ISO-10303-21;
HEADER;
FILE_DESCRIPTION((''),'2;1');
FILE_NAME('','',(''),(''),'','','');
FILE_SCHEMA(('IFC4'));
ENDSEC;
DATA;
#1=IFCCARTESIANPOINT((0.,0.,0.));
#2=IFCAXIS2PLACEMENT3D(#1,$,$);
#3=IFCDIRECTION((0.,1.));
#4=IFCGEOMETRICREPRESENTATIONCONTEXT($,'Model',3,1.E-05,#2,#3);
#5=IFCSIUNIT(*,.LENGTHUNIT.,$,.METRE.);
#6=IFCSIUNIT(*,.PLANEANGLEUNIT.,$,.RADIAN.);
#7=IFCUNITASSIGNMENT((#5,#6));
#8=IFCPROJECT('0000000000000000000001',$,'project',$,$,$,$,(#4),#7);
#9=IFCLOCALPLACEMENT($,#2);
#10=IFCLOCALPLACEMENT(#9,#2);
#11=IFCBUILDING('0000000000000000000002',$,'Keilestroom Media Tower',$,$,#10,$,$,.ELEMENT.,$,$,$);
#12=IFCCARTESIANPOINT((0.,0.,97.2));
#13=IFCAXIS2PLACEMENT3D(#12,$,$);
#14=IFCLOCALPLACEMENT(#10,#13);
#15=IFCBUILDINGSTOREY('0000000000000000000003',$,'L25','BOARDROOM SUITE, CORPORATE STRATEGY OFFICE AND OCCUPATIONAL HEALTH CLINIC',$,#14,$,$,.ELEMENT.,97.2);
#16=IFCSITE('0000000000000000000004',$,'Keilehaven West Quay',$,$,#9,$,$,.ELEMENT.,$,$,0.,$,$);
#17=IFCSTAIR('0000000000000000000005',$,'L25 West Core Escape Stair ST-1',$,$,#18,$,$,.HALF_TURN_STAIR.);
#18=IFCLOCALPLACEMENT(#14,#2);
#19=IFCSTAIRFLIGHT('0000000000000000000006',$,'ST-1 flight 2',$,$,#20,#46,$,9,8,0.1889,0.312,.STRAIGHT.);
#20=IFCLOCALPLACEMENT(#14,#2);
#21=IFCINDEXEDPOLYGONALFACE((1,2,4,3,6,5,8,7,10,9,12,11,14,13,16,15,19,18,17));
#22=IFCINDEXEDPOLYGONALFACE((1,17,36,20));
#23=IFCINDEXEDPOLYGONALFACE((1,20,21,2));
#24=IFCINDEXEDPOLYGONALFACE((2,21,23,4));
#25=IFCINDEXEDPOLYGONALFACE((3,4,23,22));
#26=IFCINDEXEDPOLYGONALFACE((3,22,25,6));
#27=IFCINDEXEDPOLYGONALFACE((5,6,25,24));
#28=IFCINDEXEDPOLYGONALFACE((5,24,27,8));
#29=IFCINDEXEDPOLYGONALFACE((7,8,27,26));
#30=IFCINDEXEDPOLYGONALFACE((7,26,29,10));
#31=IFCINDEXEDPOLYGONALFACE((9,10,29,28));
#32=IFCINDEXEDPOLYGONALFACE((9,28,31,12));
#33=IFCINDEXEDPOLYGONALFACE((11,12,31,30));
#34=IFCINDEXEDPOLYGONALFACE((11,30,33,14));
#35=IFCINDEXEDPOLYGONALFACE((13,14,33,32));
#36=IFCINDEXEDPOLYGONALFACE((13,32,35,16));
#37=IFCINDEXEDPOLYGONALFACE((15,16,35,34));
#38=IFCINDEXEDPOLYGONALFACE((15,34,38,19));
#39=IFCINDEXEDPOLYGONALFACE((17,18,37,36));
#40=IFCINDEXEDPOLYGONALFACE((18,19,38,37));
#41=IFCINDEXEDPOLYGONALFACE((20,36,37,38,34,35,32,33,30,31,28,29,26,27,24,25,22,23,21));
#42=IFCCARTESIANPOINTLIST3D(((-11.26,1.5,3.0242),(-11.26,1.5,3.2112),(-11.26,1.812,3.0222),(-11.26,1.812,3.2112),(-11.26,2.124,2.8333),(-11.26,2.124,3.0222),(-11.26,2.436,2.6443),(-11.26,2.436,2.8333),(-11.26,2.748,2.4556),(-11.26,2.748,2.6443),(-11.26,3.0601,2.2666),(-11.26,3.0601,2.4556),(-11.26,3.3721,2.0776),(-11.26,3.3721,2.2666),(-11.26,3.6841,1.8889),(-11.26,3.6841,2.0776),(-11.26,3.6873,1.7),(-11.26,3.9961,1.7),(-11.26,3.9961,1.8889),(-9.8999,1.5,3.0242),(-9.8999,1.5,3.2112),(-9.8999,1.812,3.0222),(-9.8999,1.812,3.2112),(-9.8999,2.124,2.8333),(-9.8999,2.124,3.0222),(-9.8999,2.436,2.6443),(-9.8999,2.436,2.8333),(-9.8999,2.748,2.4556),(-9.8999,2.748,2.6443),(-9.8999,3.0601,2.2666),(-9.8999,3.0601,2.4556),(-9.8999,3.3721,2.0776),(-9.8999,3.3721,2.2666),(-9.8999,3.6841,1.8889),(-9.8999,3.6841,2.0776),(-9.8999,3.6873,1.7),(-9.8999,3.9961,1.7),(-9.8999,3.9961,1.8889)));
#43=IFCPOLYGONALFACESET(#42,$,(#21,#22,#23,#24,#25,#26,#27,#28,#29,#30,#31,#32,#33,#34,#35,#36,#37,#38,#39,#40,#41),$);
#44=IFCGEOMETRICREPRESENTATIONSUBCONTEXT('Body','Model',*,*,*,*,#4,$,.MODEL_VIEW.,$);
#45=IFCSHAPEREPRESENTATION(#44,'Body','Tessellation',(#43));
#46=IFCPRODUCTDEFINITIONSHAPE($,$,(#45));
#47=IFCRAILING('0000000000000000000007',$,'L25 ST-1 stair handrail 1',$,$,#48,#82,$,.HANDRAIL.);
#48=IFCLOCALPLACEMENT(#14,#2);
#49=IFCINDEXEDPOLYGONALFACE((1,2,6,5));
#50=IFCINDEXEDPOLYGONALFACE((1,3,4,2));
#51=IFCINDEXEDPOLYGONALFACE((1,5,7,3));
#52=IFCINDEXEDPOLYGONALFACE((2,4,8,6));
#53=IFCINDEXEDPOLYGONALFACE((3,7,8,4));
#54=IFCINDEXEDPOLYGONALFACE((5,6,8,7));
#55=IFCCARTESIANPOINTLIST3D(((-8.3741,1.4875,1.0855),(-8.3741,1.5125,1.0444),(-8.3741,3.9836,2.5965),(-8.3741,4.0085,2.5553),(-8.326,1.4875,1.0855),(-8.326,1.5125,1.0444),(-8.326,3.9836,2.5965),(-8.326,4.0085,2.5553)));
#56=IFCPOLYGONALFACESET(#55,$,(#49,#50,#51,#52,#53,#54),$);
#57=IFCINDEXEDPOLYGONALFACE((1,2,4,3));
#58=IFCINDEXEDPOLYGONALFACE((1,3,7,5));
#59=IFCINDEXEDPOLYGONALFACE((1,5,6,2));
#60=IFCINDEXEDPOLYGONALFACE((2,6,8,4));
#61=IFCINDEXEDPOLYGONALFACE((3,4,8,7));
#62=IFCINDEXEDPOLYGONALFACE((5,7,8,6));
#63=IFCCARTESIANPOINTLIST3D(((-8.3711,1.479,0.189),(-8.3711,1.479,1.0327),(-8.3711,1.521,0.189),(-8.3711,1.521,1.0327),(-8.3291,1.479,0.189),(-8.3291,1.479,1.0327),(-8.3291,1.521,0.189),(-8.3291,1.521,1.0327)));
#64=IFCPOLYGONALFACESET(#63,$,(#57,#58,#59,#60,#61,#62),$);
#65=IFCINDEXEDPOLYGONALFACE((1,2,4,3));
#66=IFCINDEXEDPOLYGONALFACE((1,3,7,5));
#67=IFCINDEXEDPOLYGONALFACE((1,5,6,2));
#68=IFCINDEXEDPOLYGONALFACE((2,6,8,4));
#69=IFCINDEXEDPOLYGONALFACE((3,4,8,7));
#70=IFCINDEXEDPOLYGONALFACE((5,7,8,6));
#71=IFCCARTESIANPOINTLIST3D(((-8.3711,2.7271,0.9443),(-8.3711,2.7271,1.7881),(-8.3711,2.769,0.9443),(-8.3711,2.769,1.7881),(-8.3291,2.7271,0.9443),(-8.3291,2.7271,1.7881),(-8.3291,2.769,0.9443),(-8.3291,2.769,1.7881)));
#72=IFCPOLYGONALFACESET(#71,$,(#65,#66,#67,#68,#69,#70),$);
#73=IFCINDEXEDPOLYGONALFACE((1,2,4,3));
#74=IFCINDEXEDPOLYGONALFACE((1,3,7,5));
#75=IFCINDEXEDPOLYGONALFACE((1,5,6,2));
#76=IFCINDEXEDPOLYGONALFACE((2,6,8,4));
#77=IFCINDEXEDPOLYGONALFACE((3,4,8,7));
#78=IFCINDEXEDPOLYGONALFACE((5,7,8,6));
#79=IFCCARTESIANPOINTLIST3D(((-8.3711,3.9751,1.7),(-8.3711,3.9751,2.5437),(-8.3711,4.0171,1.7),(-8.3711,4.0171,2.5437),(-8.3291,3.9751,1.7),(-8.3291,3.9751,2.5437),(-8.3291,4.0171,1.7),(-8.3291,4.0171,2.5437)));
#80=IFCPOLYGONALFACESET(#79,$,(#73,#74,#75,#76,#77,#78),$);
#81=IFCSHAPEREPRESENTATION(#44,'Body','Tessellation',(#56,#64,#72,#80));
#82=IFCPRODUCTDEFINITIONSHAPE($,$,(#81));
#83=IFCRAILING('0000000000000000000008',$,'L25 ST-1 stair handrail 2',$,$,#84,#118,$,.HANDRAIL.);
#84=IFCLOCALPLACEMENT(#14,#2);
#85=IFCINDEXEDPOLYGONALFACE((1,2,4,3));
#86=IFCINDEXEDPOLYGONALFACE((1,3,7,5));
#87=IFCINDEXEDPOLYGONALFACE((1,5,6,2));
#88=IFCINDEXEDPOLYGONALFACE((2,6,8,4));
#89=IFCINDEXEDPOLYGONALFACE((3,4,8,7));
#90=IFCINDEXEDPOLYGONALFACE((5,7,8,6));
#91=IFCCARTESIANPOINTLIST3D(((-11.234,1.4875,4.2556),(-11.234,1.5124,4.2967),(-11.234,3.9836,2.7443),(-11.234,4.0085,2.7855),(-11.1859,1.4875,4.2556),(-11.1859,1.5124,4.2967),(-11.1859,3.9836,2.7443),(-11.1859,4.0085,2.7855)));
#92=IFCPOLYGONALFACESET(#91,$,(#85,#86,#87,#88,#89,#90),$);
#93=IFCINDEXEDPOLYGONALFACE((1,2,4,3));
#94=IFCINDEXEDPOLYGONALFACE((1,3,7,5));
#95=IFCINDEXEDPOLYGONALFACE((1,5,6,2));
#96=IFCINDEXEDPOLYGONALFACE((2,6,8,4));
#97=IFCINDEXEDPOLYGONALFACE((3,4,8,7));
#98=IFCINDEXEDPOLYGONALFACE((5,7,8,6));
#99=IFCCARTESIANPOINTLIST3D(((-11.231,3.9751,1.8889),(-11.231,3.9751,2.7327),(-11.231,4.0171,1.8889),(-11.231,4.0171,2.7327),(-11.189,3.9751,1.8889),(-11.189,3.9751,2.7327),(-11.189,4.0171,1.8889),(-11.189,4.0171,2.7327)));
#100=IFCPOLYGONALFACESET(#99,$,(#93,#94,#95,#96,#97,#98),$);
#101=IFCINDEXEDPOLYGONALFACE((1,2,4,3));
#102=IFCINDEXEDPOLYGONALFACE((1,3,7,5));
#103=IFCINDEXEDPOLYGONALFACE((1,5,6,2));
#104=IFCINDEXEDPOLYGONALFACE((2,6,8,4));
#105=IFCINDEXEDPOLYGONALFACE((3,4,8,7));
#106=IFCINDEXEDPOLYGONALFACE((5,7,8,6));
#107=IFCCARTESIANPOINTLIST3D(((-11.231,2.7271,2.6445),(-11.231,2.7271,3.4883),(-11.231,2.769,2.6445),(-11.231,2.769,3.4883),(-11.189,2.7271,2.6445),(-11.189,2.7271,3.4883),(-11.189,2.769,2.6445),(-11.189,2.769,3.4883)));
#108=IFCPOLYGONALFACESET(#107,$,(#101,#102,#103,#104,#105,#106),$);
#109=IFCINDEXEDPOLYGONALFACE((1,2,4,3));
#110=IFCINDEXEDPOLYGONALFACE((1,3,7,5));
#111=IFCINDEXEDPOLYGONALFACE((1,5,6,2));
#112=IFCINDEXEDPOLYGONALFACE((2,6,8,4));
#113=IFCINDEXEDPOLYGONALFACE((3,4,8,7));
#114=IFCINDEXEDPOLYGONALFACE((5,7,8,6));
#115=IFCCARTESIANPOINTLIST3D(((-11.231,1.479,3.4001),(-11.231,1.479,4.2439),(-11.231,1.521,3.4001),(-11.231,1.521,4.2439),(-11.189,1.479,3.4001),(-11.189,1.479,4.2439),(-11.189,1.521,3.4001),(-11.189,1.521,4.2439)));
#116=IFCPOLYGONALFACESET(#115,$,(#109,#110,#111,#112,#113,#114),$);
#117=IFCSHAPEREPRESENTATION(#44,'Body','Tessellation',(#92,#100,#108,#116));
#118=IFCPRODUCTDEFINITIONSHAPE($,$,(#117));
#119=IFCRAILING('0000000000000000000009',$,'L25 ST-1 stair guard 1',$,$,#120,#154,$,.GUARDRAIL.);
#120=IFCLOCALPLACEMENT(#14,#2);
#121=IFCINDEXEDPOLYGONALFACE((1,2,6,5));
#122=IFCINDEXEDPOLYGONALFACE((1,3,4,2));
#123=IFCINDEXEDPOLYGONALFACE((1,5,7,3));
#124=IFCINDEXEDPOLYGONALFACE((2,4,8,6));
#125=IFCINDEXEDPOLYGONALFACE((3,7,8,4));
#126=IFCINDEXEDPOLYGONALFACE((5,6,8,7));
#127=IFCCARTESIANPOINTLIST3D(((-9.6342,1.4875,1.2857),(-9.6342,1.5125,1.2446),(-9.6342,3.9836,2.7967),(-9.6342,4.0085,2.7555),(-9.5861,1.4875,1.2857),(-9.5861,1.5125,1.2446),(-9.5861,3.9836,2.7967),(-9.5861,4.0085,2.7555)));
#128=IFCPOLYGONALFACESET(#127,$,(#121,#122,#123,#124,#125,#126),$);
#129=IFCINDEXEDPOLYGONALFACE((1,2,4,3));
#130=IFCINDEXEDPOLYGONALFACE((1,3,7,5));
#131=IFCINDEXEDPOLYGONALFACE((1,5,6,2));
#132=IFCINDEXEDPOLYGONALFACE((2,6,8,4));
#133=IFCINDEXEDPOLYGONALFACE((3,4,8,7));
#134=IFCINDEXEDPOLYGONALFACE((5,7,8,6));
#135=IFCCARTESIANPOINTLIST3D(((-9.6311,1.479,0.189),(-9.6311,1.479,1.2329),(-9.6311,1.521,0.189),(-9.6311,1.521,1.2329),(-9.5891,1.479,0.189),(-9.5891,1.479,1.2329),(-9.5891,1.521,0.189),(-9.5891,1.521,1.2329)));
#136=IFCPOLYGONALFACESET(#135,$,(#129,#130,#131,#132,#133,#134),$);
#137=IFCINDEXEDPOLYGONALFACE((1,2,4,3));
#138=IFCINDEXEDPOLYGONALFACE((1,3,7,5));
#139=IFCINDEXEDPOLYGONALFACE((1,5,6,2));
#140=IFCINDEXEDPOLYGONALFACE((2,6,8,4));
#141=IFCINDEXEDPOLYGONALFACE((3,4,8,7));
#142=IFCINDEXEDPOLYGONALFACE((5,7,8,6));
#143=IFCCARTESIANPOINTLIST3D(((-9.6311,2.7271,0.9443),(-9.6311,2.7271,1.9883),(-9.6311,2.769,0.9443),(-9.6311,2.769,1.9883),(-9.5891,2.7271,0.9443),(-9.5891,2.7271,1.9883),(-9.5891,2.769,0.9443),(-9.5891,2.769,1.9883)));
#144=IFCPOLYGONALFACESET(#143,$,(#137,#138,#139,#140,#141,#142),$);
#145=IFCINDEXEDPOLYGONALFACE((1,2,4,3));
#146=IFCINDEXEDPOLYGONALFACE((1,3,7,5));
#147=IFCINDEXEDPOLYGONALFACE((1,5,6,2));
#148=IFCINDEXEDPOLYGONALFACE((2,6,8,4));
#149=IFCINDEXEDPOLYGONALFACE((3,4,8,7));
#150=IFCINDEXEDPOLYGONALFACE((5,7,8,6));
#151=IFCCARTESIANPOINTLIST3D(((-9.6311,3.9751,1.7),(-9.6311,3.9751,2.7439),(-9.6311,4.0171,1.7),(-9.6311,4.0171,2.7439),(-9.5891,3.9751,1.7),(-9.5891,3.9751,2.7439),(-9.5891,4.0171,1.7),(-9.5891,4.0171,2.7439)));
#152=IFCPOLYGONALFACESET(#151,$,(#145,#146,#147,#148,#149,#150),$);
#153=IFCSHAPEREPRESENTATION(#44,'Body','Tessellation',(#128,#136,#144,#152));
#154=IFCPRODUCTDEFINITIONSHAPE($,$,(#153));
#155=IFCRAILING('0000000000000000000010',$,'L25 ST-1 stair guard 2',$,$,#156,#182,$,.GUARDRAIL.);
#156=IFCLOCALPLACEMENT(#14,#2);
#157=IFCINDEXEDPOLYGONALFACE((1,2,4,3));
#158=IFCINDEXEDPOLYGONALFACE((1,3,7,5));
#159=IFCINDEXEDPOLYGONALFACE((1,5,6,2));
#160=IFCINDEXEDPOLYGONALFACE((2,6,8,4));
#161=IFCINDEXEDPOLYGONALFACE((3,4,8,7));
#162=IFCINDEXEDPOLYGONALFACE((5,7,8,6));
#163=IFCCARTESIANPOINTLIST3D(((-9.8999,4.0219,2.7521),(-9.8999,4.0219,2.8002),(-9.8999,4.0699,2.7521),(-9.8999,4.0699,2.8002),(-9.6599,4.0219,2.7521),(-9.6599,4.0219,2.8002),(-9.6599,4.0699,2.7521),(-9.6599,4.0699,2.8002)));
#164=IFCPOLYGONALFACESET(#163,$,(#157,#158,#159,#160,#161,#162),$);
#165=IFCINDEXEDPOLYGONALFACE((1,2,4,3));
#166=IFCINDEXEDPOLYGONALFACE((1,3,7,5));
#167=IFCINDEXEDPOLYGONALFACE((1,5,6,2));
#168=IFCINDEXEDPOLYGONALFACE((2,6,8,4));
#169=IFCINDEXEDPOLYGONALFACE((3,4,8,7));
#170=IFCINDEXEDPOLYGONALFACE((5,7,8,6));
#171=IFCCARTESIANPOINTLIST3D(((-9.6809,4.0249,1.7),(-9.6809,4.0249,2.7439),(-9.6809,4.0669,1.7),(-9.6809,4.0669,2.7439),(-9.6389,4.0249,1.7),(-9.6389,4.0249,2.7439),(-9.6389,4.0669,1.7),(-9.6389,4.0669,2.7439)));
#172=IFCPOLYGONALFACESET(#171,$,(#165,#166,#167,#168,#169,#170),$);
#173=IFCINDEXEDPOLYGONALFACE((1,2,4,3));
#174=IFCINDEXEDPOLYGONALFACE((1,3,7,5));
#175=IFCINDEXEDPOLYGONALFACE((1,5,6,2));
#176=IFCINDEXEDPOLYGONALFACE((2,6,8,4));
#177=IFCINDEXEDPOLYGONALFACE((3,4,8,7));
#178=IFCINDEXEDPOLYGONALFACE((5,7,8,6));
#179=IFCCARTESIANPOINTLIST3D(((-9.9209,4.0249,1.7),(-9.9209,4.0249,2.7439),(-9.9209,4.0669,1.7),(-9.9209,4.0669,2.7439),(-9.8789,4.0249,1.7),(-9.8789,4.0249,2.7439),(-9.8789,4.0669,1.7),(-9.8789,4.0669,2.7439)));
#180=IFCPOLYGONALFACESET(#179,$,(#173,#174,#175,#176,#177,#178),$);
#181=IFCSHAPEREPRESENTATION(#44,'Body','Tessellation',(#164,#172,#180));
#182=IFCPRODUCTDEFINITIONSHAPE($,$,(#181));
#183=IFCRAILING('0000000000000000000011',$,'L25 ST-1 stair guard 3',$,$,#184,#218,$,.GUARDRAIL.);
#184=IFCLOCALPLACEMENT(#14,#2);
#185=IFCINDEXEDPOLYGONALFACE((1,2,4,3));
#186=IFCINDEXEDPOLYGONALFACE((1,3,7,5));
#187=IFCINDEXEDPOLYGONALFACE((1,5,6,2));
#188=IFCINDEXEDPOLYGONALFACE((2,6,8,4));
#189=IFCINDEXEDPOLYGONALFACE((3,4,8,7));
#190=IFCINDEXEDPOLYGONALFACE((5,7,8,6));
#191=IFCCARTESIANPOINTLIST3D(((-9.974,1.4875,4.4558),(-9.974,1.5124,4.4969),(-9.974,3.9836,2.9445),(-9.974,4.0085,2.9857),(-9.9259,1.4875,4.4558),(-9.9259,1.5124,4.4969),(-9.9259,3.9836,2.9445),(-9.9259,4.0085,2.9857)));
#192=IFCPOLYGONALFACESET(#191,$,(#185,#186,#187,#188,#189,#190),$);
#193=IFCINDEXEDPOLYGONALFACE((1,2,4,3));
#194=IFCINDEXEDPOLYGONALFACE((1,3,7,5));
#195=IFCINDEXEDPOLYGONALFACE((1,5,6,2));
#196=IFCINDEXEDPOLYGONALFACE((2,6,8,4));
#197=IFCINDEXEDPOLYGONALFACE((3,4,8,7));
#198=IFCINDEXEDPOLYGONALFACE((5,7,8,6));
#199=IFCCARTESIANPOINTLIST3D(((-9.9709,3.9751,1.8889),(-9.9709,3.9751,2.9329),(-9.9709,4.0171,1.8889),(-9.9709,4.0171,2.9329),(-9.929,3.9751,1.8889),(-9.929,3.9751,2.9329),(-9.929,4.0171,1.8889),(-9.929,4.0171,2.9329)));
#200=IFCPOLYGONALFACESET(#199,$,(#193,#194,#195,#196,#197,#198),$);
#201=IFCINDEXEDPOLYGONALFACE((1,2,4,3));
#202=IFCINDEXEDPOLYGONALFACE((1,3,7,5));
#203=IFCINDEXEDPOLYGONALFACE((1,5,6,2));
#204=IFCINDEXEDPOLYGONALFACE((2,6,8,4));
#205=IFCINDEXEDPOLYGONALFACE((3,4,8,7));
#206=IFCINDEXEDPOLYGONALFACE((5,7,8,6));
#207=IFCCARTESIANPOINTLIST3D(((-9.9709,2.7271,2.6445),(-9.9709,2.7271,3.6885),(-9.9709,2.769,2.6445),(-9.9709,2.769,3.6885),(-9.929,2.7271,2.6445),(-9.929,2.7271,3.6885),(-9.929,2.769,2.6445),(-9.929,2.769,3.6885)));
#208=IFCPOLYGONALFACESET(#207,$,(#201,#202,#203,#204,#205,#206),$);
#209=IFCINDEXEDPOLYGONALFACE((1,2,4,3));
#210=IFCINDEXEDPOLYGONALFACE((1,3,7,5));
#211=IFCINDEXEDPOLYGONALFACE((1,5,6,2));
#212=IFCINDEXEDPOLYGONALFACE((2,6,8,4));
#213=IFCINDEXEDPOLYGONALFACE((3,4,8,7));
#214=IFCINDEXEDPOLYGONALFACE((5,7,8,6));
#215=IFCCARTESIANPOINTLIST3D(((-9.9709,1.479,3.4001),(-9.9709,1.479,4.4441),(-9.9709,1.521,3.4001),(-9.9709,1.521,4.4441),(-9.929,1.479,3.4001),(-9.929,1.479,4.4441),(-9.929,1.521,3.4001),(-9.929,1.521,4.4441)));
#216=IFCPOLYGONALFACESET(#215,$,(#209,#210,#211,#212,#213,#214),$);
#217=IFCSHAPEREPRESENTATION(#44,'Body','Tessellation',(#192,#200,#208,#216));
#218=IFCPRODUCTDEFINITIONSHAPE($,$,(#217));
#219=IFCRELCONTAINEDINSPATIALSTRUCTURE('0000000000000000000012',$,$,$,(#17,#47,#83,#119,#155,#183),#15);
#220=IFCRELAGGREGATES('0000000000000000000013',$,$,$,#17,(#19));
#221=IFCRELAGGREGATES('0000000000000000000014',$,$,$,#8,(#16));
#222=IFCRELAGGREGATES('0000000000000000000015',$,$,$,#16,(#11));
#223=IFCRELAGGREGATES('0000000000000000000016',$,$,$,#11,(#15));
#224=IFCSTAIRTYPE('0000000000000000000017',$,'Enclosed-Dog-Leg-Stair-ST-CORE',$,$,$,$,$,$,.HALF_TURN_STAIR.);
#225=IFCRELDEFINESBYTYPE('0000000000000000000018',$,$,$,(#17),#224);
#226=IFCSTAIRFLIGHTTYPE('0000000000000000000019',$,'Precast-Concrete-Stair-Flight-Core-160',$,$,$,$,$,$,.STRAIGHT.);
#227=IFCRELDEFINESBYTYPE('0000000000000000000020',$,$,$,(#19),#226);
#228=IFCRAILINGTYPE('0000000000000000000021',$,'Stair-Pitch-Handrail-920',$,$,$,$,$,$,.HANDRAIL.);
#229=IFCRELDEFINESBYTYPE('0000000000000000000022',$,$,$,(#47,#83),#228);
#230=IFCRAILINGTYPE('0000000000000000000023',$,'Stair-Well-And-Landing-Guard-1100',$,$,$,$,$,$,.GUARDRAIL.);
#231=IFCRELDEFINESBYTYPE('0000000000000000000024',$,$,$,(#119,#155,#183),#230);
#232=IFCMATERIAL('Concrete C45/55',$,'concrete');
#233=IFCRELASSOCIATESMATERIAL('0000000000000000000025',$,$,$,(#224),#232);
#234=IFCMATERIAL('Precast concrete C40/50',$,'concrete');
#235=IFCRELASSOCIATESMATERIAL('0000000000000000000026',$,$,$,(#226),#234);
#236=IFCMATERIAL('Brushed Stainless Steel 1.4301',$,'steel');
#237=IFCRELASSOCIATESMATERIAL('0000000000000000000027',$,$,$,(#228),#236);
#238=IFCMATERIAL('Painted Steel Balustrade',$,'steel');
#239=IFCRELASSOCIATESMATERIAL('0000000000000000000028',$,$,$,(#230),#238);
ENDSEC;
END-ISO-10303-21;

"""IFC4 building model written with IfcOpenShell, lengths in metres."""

from ifc_helpers import new_model, si_unit, direction, frame, origin, origin_2d, place, context, subcontext, project, spatial, polyline, rectangle, outline, extrude, material, type_object, element, aggregate, save


model = new_model("IFC4")

# Units and contexts
model_context = context("Model", 3, precision=1e-05, world=origin(), true_north=direction((0.0, 1.0)))
body_context = subcontext(model_context, "Body", "Model", "MODEL_VIEW")
ifc_project = project(units=[si_unit("LENGTHUNIT", "METRE"), si_unit("PLANEANGLEUNIT", "RADIAN")], contexts=[model_context])

# Site, building, storey
site_placement = place(None, origin())
site = spatial("IfcSite", under=ifc_project, at=site_placement, Name="Keilehaven West Quay", CompositionType="ELEMENT", RefElevation=0.0)
building_placement = place(site_placement, origin())
building = spatial("IfcBuilding", under=site, at=building_placement, Name="Keilestroom Media Tower", CompositionType="ELEMENT")
storey_placement = place(building_placement, frame((0.0, 0.0, 97.2)))
storey = spatial("IfcBuildingStorey", under=building, at=storey_placement, Name="L25", Description="BOARDROOM SUITE, CORPORATE STRATEGY OFFICE AND OCCUPATIONAL HEALTH CLINIC", CompositionType="ELEMENT", Elevation=97.2)

# Shared definitions
ifc_material_1 = material(Name="Concrete C45/55", Category="concrete")

# Stair
stair_type = type_object("IfcStairType", Name="Enclosed-Dog-Leg-Stair-ST-CORE", PredefinedType="HALF_TURN_STAIR", material=ifc_material_1)
stair_placement = place(storey_placement, origin())
stair = element("IfcStair", 1, at=stair_placement, inside=storey, type_object=stair_type, Name="L25 West Core Escape Stair ST-1", PredefinedType="HALF_TURN_STAIR")

# Shared definitions
ifc_material_2 = material(Name="Precast concrete C40/50", Category="concrete")

# Stair flight
stair_flight_type = type_object("IfcStairFlightType", Name="Precast-Concrete-Stair-Flight-Core-160", PredefinedType="STRAIGHT", material=ifc_material_2)
stair_flight_1_placement = place(storey_placement, frame((-10.5801, 3.9961, 1.7), z_axis=(0.0, 0.0, 1.0), x_axis=(0.0, -1.0, 0.0)))
stair_flight_1 = element("IfcStairFlight", 2, at=stair_flight_1_placement, type_object=stair_flight_type, Name="ST-1 flight 2", NumberOfRisers=9, NumberOfTreads=8, PredefinedType="STRAIGHT", RiserHeight=0.1889, TreadLength=0.312, context=body_context, shape_type="SweptSolid", body=[
    extrude(outline(polyline([(0.0, 0.0), (0.0, 0.189), (0.312, 0.189), (0.312, 0.3777), (0.624, 0.3777), (0.624, 0.5667), (0.936, 0.5667), (0.936, 0.7556), (1.248, 0.7556), (1.248, 0.9443), (1.5601, 0.9443), (1.5601, 1.1333), (1.8721, 1.1333), (1.8721, 1.3223), (2.1841, 1.3223), (2.1841, 1.5112), (2.4961, 1.5112), (2.4961, 1.7), (2.4961, 1.3242), (0.3088, 0.0), (0.0, 0.0)])), frame((0.0, 0.6802, 0.0), z_axis=(0.0, -1.0, 0.0), x_axis=(1.0, 0.0, 0.0)), (0.0, 0.0, 1.0), 1.3601),
])
aggregate(stair, [stair_flight_1])

# Railings
ifc_material_3 = material(Name="Brushed Stainless Steel 1.4301", Category="steel")
railing_type_1 = type_object("IfcRailingType", Name="Stair-Pitch-Handrail-920", PredefinedType="HANDRAIL", material=ifc_material_3)
railing_1_placement = place(storey_placement, frame((-8.3501, 1.5, 0.189)))
element("IfcRailing", 3, at=railing_1_placement, inside=storey, type_object=railing_type_1, Name="L25 ST-1 stair handrail 1", PredefinedType="HANDRAIL", context=body_context, shape_type="SweptSolid", body=[
    extrude(rectangle(XDim=0.0481, YDim=0.0481, at=origin_2d()), frame((0.0, 0.0, 0.876), z_axis=(0.0, 0.855471, 0.517851), x_axis=(-1.0, 0.0, 0.0)), (0.0, 0.0, 1.0), 2.9177),
    extrude(rectangle(XDim=0.042, YDim=0.042, at=origin_2d()), origin(), (0.0, 0.0, 1.0), 0.8438),
    extrude(rectangle(XDim=0.042, YDim=0.042, at=origin_2d()), frame((0.0, 1.248, 0.7554)), (0.0, 0.0, 1.0), 0.8438),
    extrude(rectangle(XDim=0.042, YDim=0.042, at=origin_2d()), frame((0.0, 2.4961, 1.511)), (0.0, 0.0, 1.0), 0.8438),
])
railing_2_placement = place(storey_placement, frame((-11.21, 3.9961, 1.8889)))
element("IfcRailing", 4, at=railing_2_placement, inside=storey, type_object=railing_type_1, Name="L25 ST-1 stair handrail 2", PredefinedType="HANDRAIL", context=body_context, shape_type="SweptSolid", body=[
    extrude(rectangle(XDim=0.0481, YDim=0.0481, at=origin_2d()), frame((0.0, 0.0, 0.876), z_axis=(0.0, -0.855434, 0.517912), x_axis=(1.0, 0.0, 0.0)), (0.0, 0.0, 1.0), 2.918),
    extrude(rectangle(XDim=0.042, YDim=0.042, at=origin_2d()), origin(), (0.0, 0.0, 1.0), 0.8438),
    extrude(rectangle(XDim=0.042, YDim=0.042, at=origin_2d()), frame((0.0, -1.248, 0.7556)), (0.0, 0.0, 1.0), 0.8438),
    extrude(rectangle(XDim=0.042, YDim=0.042, at=origin_2d()), frame((0.0, -2.4961, 1.5112)), (0.0, 0.0, 1.0), 0.8438),
])
ifc_material_4 = material(Name="Painted Steel Balustrade", Category="steel")
railing_type_2 = type_object("IfcRailingType", Name="Stair-Well-And-Landing-Guard-1100", PredefinedType="GUARDRAIL", material=ifc_material_4)
railing_3_placement = place(storey_placement, frame((-9.6101, 1.5, 0.189)))
element("IfcRailing", 5, at=railing_3_placement, inside=storey, type_object=railing_type_2, Name="L25 ST-1 stair guard 1", PredefinedType="GUARDRAIL", context=body_context, shape_type="SweptSolid", body=[
    extrude(rectangle(XDim=0.0481, YDim=0.0481, at=origin_2d()), frame((0.0, 0.0, 1.0762), z_axis=(0.0, 0.855471, 0.517851), x_axis=(-1.0, 0.0, 0.0)), (0.0, 0.0, 1.0), 2.9177),
    extrude(rectangle(XDim=0.042, YDim=0.042, at=origin_2d()), origin(), (0.0, 0.0, 1.0), 1.0439),
    extrude(rectangle(XDim=0.042, YDim=0.042, at=origin_2d()), frame((0.0, 1.248, 0.7554)), (0.0, 0.0, 1.0), 1.0439),
    extrude(rectangle(XDim=0.042, YDim=0.042, at=origin_2d()), frame((0.0, 2.4961, 1.511)), (0.0, 0.0, 1.0), 1.0439),
])
railing_4_placement = place(storey_placement, frame((-9.6599, 4.0459, 1.7)))
element("IfcRailing", 6, at=railing_4_placement, inside=storey, type_object=railing_type_2, Name="L25 ST-1 stair guard 2", PredefinedType="GUARDRAIL", context=body_context, shape_type="SweptSolid", body=[
    extrude(rectangle(XDim=0.0481, YDim=0.0481, at=origin_2d()), frame((0.0, 0.0, 1.0762), z_axis=(-1.0, 0.0, 0.0), x_axis=(0.0, -1.0, 0.0)), (0.0, 0.0, 1.0), 0.24),
    extrude(rectangle(XDim=0.042, YDim=0.042, at=origin_2d()), origin(), (0.0, 0.0, 1.0), 1.0439),
    extrude(rectangle(XDim=0.042, YDim=0.042, at=origin_2d()), frame((-0.24, 0.0, 0.0)), (0.0, 0.0, 1.0), 1.0439),
])
railing_5_placement = place(storey_placement, frame((-9.95, 3.9961, 1.8889)))
element("IfcRailing", 7, at=railing_5_placement, inside=storey, type_object=railing_type_2, Name="L25 ST-1 stair guard 3", PredefinedType="GUARDRAIL", context=body_context, shape_type="SweptSolid", body=[
    extrude(rectangle(XDim=0.0481, YDim=0.0481, at=origin_2d()), frame((0.0, 0.0, 1.0762), z_axis=(0.0, -0.855434, 0.517912), x_axis=(1.0, 0.0, 0.0)), (0.0, 0.0, 1.0), 2.918),
    extrude(rectangle(XDim=0.042, YDim=0.042, at=origin_2d()), origin(), (0.0, 0.0, 1.0), 1.0439),
    extrude(rectangle(XDim=0.042, YDim=0.042, at=origin_2d()), frame((0.0, -1.248, 0.7556)), (0.0, 0.0, 1.0), 1.0439),
    extrude(rectangle(XDim=0.042, YDim=0.042, at=origin_2d()), frame((0.0, -2.4961, 1.5112)), (0.0, 0.0, 1.0), 1.0439),
])

save(model, "model.ifc")
